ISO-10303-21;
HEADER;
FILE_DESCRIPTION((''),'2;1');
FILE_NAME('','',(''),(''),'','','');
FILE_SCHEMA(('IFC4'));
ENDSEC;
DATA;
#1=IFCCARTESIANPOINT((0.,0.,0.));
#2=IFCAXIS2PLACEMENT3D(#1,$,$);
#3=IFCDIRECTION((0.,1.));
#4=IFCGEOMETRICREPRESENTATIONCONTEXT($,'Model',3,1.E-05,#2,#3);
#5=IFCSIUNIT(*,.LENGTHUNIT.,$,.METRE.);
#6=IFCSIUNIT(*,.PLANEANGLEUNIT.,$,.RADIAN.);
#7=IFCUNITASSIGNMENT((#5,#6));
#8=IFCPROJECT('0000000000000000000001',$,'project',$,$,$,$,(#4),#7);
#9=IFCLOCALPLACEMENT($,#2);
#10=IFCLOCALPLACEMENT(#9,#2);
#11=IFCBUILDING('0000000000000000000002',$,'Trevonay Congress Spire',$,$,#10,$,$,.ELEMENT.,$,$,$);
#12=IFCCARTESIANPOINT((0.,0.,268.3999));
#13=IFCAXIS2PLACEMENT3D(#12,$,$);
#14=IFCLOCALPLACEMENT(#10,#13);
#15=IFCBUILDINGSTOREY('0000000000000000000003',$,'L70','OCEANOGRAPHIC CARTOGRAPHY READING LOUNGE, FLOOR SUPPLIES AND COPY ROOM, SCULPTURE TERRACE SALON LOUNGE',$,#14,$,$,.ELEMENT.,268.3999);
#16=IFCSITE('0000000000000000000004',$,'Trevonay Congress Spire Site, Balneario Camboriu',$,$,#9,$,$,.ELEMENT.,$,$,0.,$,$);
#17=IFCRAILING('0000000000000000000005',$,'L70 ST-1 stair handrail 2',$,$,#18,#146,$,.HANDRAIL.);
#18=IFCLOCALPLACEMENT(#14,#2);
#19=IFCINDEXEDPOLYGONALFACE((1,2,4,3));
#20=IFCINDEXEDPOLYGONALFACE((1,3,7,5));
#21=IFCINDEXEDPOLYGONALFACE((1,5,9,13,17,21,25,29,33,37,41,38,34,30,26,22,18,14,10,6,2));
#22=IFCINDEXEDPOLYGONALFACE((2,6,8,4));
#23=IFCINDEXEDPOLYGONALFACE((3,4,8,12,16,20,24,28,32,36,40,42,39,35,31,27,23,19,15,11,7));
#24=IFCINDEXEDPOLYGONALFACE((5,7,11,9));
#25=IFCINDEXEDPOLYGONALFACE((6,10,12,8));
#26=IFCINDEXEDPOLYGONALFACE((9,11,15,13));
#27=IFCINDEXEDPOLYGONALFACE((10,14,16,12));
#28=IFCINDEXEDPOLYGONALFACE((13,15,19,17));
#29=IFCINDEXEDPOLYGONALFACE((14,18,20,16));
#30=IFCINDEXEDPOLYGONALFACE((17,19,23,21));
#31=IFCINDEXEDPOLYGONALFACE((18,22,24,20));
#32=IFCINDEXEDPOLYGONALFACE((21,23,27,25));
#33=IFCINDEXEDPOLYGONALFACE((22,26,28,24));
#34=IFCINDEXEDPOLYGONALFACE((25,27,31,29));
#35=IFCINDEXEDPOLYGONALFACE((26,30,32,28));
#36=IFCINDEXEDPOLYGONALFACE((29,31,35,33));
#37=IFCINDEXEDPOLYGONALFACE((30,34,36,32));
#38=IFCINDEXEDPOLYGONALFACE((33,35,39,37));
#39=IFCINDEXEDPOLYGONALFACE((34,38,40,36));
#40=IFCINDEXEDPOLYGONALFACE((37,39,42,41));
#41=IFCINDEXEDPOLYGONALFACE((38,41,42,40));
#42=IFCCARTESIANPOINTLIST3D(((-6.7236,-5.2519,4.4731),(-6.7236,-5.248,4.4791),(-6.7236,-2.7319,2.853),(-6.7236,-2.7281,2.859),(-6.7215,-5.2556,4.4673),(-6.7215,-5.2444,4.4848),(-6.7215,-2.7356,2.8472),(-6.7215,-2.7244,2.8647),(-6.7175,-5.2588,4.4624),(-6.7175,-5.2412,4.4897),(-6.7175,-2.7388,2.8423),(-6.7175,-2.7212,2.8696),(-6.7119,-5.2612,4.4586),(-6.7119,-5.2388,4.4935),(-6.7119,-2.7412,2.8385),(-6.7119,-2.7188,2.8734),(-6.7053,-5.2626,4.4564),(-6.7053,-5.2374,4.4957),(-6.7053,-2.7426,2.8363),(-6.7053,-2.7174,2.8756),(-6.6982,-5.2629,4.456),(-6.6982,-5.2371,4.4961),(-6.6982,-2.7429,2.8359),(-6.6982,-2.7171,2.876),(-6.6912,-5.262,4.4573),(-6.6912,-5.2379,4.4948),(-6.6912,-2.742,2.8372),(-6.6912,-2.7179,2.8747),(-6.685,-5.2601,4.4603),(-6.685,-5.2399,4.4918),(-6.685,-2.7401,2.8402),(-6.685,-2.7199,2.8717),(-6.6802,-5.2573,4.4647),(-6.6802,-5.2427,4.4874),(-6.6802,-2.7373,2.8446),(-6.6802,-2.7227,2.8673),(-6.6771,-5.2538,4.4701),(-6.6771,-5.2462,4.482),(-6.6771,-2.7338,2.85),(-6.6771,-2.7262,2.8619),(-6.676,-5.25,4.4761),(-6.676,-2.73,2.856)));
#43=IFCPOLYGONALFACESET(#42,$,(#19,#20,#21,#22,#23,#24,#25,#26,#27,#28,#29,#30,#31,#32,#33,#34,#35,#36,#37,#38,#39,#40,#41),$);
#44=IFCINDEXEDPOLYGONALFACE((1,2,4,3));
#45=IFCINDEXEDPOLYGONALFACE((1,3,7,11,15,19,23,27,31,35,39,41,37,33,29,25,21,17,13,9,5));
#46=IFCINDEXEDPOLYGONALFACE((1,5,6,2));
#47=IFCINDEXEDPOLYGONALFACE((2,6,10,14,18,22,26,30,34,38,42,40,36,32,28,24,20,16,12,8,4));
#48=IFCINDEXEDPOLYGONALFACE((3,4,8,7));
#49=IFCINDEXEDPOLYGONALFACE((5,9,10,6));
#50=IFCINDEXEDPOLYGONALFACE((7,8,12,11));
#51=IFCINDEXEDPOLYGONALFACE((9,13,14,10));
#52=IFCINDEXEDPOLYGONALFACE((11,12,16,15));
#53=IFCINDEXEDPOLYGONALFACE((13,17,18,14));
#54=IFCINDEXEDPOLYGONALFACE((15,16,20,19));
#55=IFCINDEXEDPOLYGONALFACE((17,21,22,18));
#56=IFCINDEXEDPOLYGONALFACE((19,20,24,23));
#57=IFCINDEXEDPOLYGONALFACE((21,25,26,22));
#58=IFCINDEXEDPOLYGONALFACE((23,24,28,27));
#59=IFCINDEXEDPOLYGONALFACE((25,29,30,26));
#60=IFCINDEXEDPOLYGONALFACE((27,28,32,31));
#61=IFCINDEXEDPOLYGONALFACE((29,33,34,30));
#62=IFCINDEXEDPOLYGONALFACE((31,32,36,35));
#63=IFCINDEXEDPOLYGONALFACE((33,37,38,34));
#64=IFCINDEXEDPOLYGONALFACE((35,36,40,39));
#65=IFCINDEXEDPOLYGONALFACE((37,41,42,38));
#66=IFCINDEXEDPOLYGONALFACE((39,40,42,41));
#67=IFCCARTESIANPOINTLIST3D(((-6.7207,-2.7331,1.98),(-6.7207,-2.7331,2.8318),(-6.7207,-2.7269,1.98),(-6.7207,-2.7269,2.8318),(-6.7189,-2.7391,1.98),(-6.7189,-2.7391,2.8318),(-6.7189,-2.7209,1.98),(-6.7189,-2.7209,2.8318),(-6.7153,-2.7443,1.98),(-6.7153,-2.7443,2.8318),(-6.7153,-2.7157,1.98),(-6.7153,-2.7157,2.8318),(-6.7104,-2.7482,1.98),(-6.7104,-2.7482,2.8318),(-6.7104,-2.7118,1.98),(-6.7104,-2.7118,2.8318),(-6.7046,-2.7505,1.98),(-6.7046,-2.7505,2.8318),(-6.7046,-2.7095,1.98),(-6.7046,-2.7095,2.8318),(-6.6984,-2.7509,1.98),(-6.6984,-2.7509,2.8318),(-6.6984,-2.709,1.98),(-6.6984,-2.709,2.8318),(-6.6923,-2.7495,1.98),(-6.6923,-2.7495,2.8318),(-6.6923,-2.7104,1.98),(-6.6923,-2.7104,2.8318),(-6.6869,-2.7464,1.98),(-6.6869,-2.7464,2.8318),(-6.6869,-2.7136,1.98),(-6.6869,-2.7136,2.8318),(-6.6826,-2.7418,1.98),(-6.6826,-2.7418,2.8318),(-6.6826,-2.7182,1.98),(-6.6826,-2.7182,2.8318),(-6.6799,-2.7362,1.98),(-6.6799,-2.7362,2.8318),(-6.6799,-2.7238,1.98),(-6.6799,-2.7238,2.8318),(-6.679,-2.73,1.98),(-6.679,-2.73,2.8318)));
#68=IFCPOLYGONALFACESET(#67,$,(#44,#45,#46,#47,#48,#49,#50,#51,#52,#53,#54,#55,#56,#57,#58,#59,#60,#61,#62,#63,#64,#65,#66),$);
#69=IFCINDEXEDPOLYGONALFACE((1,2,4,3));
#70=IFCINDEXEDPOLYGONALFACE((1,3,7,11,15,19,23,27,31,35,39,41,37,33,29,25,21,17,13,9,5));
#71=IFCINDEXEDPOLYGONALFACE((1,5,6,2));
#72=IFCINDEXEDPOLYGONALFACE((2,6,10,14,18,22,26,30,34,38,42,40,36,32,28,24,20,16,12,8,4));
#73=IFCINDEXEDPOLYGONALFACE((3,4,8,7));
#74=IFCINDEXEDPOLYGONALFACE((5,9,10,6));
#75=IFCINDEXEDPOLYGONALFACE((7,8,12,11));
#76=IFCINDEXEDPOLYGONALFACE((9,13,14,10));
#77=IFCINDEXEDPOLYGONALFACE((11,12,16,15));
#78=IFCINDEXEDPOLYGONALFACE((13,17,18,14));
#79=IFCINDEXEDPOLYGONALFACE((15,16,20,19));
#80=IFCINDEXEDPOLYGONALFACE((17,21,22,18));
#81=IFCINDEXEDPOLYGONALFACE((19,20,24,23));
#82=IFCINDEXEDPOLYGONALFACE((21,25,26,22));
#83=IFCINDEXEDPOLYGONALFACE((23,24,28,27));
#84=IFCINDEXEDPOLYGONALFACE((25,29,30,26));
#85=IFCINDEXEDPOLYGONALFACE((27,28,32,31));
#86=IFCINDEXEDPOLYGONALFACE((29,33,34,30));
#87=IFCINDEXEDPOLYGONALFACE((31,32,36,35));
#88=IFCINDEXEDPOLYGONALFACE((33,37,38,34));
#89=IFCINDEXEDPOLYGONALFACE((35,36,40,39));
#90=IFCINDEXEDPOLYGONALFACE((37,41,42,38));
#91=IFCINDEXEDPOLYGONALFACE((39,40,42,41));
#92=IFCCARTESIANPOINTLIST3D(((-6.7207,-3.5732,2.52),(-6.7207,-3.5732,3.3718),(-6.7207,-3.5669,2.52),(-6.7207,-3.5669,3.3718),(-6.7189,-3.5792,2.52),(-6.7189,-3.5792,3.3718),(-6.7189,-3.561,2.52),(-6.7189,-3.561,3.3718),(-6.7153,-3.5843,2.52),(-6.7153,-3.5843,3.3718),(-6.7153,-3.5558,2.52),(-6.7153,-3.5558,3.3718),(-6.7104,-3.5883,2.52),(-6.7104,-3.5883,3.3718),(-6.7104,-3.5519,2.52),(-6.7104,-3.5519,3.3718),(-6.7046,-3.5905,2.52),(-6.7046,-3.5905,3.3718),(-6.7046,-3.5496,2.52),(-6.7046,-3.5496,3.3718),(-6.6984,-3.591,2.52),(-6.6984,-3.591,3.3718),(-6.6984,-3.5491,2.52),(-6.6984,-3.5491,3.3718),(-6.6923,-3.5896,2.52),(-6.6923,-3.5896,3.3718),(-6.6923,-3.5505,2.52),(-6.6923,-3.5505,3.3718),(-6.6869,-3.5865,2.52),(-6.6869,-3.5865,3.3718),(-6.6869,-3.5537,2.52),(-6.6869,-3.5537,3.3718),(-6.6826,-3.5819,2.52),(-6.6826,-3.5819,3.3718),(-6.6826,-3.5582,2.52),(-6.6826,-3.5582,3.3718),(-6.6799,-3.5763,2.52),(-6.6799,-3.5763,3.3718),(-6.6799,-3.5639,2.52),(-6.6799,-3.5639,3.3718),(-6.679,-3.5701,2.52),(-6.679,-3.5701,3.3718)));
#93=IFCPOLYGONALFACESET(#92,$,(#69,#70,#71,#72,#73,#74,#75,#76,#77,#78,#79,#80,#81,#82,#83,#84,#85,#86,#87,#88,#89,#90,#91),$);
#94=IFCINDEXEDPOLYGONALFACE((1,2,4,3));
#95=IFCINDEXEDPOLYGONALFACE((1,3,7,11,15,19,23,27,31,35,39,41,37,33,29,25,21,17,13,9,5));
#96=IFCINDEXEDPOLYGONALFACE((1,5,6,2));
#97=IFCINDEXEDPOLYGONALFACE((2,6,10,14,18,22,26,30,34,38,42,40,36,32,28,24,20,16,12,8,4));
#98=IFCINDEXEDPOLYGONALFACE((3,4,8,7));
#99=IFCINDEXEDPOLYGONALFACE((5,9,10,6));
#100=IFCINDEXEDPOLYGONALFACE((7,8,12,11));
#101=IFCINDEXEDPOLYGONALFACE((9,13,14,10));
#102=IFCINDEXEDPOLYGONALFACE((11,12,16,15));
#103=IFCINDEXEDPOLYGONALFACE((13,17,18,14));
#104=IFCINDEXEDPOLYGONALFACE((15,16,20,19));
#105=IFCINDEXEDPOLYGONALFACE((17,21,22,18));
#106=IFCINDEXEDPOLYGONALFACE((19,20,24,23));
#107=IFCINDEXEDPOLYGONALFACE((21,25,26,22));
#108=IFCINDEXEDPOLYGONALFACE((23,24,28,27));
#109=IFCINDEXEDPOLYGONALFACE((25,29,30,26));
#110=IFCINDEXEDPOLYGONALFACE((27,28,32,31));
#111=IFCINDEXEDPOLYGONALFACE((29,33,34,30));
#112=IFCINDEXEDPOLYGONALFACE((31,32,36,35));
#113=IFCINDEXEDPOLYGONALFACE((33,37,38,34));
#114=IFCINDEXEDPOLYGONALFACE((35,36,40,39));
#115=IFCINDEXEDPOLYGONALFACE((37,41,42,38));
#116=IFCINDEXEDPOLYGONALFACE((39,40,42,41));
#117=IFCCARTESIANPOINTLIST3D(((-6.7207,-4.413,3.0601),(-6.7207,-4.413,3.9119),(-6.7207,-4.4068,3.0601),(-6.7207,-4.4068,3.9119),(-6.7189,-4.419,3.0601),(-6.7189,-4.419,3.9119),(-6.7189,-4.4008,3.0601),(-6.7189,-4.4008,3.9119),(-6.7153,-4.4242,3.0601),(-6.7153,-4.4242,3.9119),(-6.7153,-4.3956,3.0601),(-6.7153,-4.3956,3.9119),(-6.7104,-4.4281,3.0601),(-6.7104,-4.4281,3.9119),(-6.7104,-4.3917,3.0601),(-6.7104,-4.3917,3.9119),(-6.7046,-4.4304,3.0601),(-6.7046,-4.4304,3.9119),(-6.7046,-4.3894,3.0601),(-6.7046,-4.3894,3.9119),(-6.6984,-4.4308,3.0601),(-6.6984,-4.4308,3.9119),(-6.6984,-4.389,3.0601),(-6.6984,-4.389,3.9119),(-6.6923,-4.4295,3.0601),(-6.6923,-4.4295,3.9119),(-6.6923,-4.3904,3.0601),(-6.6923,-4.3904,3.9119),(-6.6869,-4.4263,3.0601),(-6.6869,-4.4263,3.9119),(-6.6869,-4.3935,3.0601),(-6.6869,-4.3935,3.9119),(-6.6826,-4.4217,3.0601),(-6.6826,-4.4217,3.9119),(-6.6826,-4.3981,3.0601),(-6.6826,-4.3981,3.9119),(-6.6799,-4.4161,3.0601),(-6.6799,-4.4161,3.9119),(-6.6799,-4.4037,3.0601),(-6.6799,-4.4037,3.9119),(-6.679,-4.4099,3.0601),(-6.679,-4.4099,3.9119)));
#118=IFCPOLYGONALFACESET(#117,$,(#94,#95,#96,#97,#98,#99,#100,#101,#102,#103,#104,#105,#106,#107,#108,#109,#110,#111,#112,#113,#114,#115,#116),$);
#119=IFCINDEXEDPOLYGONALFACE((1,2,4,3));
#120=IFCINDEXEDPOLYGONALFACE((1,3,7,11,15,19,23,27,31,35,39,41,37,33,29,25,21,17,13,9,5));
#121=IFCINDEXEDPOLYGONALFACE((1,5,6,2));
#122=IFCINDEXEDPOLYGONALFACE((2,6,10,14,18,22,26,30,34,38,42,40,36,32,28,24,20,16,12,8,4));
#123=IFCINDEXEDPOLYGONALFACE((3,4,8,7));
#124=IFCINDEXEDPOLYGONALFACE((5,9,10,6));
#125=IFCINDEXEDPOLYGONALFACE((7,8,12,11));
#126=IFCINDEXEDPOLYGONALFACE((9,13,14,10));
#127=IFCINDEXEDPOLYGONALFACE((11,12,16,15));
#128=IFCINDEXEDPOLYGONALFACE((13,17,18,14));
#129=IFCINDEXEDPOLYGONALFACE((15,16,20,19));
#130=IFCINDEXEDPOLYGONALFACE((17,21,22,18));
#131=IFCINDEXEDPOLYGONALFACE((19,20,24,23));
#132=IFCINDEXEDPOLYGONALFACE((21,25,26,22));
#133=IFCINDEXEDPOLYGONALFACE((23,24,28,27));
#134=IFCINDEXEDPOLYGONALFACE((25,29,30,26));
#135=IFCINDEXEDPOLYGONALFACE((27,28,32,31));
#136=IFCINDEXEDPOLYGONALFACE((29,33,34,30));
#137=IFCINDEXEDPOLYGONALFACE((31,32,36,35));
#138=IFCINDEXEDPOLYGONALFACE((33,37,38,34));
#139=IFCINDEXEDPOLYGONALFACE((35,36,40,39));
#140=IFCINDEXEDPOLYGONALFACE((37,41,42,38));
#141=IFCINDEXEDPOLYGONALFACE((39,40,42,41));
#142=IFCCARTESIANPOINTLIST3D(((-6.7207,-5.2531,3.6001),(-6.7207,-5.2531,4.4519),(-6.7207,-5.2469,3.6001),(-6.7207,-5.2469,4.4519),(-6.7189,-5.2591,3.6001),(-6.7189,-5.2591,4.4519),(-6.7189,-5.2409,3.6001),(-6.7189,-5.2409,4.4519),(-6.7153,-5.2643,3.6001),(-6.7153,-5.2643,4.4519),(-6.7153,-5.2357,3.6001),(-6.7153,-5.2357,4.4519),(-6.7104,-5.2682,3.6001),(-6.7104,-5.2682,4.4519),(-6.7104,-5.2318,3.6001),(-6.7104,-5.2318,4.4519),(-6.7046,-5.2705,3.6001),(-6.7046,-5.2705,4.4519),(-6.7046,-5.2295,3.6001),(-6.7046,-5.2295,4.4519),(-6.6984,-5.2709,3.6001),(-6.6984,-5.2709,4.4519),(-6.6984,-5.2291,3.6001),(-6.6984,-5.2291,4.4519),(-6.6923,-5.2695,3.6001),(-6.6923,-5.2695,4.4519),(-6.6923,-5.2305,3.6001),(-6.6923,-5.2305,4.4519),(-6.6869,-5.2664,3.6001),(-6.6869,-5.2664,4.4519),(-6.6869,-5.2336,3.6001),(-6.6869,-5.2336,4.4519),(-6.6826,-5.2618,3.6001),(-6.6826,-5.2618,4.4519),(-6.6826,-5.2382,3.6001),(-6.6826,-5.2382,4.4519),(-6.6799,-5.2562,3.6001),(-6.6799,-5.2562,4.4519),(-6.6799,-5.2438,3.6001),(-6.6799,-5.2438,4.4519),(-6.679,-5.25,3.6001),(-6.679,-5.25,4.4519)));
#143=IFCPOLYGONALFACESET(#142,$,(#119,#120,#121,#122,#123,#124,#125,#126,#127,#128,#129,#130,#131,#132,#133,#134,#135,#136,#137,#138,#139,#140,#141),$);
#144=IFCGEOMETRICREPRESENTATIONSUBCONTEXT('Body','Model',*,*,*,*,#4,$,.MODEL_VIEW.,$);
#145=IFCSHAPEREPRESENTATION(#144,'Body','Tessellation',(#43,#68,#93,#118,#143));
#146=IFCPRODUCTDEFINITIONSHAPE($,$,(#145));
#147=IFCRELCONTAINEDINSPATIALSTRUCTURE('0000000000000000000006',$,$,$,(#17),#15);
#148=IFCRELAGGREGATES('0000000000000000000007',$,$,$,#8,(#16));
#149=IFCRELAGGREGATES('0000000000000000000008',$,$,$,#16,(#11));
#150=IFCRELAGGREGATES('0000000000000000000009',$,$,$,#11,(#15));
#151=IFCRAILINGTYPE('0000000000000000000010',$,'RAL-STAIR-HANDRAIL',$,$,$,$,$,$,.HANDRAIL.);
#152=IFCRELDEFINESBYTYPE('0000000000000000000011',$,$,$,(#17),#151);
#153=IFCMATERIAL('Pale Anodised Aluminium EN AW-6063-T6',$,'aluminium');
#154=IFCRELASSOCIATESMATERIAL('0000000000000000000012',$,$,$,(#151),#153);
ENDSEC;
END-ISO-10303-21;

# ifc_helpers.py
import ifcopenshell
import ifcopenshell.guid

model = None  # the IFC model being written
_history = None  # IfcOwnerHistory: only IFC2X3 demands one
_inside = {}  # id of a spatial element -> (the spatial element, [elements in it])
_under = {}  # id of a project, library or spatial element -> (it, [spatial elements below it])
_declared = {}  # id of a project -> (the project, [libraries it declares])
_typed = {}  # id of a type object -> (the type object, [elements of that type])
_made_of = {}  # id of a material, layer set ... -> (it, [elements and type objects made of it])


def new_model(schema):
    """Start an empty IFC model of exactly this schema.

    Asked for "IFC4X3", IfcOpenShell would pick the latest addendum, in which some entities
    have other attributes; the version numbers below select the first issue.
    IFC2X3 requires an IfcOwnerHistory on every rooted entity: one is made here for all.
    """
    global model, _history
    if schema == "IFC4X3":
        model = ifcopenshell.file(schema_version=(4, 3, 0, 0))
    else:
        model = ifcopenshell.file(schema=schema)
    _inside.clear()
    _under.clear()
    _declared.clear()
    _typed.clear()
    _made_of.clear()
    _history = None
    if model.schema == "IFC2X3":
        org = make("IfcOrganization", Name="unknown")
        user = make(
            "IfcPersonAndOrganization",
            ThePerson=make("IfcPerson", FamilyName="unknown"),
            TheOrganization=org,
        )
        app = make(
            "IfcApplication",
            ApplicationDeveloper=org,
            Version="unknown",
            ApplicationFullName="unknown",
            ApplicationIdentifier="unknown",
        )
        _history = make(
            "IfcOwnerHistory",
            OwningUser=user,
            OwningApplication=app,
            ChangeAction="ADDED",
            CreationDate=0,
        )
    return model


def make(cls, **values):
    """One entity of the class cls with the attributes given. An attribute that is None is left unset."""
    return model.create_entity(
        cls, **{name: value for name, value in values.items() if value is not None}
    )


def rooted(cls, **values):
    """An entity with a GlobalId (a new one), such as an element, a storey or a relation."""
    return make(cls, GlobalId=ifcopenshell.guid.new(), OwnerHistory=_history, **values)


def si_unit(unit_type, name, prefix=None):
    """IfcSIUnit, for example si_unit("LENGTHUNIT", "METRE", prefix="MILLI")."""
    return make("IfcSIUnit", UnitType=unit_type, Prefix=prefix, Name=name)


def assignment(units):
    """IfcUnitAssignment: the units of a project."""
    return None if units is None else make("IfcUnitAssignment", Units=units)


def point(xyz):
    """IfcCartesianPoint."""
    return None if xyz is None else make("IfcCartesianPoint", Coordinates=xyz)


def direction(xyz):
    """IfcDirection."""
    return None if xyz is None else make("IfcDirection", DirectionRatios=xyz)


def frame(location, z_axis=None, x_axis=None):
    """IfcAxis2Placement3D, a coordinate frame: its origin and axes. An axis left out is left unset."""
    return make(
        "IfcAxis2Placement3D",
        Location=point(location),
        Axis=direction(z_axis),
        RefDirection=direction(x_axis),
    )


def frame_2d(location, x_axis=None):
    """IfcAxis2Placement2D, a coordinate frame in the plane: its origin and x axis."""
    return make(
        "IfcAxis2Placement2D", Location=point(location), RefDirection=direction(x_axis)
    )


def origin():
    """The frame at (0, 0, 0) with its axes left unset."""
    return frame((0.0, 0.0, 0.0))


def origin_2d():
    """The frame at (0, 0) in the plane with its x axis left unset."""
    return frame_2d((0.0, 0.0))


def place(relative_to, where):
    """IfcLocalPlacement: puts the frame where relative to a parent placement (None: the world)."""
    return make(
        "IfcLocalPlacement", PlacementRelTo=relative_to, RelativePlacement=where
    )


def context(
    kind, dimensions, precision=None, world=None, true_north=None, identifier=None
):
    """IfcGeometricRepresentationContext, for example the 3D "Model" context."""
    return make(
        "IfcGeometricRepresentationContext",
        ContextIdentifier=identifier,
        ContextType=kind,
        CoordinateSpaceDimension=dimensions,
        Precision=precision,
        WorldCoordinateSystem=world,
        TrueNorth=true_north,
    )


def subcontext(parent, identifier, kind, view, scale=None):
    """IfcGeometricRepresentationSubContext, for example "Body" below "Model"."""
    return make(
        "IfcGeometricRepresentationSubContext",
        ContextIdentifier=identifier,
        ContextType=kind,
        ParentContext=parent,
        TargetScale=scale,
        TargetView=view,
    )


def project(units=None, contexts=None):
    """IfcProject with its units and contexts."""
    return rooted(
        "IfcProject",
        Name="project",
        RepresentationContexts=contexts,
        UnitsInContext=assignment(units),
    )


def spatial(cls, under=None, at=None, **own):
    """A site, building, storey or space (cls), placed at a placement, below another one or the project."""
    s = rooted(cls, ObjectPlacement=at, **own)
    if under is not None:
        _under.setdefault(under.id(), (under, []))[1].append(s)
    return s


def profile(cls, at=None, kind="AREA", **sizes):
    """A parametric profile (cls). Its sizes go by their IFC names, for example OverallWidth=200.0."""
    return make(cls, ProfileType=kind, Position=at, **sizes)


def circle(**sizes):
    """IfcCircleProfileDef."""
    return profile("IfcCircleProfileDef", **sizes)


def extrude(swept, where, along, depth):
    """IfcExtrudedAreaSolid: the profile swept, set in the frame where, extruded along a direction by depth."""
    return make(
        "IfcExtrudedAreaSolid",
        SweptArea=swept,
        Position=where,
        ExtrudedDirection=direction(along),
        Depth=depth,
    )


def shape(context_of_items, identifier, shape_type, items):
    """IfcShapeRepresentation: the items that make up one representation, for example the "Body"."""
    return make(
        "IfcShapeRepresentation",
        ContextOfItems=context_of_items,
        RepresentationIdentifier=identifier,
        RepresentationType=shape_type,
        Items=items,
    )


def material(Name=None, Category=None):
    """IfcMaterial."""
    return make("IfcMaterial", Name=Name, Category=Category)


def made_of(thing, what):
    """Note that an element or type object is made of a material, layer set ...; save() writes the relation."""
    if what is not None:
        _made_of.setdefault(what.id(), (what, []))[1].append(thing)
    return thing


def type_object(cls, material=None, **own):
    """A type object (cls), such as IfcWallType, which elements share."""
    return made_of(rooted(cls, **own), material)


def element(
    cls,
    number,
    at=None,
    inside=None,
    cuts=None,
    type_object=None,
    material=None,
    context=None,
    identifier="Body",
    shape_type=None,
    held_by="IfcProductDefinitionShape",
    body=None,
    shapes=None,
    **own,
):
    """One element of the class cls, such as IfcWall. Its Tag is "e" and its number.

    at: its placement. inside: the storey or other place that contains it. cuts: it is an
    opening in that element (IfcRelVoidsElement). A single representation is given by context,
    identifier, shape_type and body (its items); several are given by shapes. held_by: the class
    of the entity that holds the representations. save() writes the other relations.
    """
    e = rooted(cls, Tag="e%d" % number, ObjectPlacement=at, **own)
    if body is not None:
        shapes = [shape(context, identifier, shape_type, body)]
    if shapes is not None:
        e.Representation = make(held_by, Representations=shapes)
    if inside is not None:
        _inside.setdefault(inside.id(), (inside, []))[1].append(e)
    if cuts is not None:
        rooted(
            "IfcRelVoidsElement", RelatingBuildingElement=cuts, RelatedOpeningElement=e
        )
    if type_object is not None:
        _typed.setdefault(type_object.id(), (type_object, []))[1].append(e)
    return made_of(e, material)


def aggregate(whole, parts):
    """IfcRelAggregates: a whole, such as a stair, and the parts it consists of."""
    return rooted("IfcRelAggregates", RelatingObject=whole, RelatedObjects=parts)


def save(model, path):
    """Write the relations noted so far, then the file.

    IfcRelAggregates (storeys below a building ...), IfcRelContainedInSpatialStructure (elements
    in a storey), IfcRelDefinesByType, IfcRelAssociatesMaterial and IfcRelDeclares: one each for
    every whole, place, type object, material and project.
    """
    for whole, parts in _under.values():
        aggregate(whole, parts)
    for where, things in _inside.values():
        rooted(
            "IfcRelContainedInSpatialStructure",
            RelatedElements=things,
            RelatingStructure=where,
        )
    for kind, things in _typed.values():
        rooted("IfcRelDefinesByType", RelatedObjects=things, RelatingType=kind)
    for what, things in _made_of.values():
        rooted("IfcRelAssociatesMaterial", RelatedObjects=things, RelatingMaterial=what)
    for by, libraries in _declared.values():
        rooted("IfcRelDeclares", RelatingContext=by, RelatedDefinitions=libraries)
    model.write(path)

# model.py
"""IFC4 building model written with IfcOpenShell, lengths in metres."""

from ifc_helpers import new_model, si_unit, direction, frame, origin, origin_2d, place, context, subcontext, project, spatial, circle, extrude, material, type_object, element, save


model = new_model("IFC4")

# Units and contexts
model_context = context("Model", 3, precision=1e-05, world=origin(), true_north=direction((0.0, 1.0)))
body_context = subcontext(model_context, "Body", "Model", "MODEL_VIEW")
ifc_project = project(units=[si_unit("LENGTHUNIT", "METRE"), si_unit("PLANEANGLEUNIT", "RADIAN")], contexts=[model_context])

# Site, building, storey
site_placement = place(None, origin())
site = spatial("IfcSite", under=ifc_project, at=site_placement, Name="Trevonay Congress Spire Site, Balneario Camboriu", CompositionType="ELEMENT", RefElevation=0.0)
building_placement = place(site_placement, origin())
building = spatial("IfcBuilding", under=site, at=building_placement, Name="Trevonay Congress Spire", CompositionType="ELEMENT")
storey_placement = place(building_placement, frame((0.0, 0.0, 268.3999)))
storey = spatial("IfcBuildingStorey", under=building, at=storey_placement, Name="L70", Description="OCEANOGRAPHIC CARTOGRAPHY READING LOUNGE, FLOOR SUPPLIES AND COPY ROOM, SCULPTURE TERRACE SALON LOUNGE", CompositionType="ELEMENT", Elevation=268.3999)

# Railing
ifc_material_1 = material(Name="Pale Anodised Aluminium EN AW-6063-T6", Category="aluminium")
railing_type_1 = type_object("IfcRailingType", Name="RAL-STAIR-HANDRAIL", PredefinedType="HANDRAIL", material=ifc_material_1)
railing_1_placement = place(storey_placement, frame((-6.7, -2.73, 1.98)))
element("IfcRailing", 1, at=railing_1_placement, inside=storey, type_object=railing_type_1, Name="L70 ST-1 stair handrail 2", PredefinedType="HANDRAIL", context=body_context, shape_type="SweptSolid", body=[
    extrude(circle(Radius=0.0239, at=origin_2d()), frame((0.0, 0.0, 0.876), z_axis=(0.0, -0.841163, 0.540782), x_axis=(1.0, 0.0, 0.0)), (0.0, 0.0, 1.0), 2.9958),
    extrude(circle(Radius=0.021, at=origin_2d()), origin(), (0.0, 0.0, 1.0), 0.8518),
    extrude(circle(Radius=0.021, at=origin_2d()), frame((0.0, -0.8401, 0.54)), (0.0, 0.0, 1.0), 0.8518),
    extrude(circle(Radius=0.021, at=origin_2d()), frame((0.0, -1.6799, 1.0801)), (0.0, 0.0, 1.0), 0.8518),
    extrude(circle(Radius=0.021, at=origin_2d()), frame((0.0, -2.52, 1.6201)), (0.0, 0.0, 1.0), 0.8518),
])

save(model, "model.ifc")
